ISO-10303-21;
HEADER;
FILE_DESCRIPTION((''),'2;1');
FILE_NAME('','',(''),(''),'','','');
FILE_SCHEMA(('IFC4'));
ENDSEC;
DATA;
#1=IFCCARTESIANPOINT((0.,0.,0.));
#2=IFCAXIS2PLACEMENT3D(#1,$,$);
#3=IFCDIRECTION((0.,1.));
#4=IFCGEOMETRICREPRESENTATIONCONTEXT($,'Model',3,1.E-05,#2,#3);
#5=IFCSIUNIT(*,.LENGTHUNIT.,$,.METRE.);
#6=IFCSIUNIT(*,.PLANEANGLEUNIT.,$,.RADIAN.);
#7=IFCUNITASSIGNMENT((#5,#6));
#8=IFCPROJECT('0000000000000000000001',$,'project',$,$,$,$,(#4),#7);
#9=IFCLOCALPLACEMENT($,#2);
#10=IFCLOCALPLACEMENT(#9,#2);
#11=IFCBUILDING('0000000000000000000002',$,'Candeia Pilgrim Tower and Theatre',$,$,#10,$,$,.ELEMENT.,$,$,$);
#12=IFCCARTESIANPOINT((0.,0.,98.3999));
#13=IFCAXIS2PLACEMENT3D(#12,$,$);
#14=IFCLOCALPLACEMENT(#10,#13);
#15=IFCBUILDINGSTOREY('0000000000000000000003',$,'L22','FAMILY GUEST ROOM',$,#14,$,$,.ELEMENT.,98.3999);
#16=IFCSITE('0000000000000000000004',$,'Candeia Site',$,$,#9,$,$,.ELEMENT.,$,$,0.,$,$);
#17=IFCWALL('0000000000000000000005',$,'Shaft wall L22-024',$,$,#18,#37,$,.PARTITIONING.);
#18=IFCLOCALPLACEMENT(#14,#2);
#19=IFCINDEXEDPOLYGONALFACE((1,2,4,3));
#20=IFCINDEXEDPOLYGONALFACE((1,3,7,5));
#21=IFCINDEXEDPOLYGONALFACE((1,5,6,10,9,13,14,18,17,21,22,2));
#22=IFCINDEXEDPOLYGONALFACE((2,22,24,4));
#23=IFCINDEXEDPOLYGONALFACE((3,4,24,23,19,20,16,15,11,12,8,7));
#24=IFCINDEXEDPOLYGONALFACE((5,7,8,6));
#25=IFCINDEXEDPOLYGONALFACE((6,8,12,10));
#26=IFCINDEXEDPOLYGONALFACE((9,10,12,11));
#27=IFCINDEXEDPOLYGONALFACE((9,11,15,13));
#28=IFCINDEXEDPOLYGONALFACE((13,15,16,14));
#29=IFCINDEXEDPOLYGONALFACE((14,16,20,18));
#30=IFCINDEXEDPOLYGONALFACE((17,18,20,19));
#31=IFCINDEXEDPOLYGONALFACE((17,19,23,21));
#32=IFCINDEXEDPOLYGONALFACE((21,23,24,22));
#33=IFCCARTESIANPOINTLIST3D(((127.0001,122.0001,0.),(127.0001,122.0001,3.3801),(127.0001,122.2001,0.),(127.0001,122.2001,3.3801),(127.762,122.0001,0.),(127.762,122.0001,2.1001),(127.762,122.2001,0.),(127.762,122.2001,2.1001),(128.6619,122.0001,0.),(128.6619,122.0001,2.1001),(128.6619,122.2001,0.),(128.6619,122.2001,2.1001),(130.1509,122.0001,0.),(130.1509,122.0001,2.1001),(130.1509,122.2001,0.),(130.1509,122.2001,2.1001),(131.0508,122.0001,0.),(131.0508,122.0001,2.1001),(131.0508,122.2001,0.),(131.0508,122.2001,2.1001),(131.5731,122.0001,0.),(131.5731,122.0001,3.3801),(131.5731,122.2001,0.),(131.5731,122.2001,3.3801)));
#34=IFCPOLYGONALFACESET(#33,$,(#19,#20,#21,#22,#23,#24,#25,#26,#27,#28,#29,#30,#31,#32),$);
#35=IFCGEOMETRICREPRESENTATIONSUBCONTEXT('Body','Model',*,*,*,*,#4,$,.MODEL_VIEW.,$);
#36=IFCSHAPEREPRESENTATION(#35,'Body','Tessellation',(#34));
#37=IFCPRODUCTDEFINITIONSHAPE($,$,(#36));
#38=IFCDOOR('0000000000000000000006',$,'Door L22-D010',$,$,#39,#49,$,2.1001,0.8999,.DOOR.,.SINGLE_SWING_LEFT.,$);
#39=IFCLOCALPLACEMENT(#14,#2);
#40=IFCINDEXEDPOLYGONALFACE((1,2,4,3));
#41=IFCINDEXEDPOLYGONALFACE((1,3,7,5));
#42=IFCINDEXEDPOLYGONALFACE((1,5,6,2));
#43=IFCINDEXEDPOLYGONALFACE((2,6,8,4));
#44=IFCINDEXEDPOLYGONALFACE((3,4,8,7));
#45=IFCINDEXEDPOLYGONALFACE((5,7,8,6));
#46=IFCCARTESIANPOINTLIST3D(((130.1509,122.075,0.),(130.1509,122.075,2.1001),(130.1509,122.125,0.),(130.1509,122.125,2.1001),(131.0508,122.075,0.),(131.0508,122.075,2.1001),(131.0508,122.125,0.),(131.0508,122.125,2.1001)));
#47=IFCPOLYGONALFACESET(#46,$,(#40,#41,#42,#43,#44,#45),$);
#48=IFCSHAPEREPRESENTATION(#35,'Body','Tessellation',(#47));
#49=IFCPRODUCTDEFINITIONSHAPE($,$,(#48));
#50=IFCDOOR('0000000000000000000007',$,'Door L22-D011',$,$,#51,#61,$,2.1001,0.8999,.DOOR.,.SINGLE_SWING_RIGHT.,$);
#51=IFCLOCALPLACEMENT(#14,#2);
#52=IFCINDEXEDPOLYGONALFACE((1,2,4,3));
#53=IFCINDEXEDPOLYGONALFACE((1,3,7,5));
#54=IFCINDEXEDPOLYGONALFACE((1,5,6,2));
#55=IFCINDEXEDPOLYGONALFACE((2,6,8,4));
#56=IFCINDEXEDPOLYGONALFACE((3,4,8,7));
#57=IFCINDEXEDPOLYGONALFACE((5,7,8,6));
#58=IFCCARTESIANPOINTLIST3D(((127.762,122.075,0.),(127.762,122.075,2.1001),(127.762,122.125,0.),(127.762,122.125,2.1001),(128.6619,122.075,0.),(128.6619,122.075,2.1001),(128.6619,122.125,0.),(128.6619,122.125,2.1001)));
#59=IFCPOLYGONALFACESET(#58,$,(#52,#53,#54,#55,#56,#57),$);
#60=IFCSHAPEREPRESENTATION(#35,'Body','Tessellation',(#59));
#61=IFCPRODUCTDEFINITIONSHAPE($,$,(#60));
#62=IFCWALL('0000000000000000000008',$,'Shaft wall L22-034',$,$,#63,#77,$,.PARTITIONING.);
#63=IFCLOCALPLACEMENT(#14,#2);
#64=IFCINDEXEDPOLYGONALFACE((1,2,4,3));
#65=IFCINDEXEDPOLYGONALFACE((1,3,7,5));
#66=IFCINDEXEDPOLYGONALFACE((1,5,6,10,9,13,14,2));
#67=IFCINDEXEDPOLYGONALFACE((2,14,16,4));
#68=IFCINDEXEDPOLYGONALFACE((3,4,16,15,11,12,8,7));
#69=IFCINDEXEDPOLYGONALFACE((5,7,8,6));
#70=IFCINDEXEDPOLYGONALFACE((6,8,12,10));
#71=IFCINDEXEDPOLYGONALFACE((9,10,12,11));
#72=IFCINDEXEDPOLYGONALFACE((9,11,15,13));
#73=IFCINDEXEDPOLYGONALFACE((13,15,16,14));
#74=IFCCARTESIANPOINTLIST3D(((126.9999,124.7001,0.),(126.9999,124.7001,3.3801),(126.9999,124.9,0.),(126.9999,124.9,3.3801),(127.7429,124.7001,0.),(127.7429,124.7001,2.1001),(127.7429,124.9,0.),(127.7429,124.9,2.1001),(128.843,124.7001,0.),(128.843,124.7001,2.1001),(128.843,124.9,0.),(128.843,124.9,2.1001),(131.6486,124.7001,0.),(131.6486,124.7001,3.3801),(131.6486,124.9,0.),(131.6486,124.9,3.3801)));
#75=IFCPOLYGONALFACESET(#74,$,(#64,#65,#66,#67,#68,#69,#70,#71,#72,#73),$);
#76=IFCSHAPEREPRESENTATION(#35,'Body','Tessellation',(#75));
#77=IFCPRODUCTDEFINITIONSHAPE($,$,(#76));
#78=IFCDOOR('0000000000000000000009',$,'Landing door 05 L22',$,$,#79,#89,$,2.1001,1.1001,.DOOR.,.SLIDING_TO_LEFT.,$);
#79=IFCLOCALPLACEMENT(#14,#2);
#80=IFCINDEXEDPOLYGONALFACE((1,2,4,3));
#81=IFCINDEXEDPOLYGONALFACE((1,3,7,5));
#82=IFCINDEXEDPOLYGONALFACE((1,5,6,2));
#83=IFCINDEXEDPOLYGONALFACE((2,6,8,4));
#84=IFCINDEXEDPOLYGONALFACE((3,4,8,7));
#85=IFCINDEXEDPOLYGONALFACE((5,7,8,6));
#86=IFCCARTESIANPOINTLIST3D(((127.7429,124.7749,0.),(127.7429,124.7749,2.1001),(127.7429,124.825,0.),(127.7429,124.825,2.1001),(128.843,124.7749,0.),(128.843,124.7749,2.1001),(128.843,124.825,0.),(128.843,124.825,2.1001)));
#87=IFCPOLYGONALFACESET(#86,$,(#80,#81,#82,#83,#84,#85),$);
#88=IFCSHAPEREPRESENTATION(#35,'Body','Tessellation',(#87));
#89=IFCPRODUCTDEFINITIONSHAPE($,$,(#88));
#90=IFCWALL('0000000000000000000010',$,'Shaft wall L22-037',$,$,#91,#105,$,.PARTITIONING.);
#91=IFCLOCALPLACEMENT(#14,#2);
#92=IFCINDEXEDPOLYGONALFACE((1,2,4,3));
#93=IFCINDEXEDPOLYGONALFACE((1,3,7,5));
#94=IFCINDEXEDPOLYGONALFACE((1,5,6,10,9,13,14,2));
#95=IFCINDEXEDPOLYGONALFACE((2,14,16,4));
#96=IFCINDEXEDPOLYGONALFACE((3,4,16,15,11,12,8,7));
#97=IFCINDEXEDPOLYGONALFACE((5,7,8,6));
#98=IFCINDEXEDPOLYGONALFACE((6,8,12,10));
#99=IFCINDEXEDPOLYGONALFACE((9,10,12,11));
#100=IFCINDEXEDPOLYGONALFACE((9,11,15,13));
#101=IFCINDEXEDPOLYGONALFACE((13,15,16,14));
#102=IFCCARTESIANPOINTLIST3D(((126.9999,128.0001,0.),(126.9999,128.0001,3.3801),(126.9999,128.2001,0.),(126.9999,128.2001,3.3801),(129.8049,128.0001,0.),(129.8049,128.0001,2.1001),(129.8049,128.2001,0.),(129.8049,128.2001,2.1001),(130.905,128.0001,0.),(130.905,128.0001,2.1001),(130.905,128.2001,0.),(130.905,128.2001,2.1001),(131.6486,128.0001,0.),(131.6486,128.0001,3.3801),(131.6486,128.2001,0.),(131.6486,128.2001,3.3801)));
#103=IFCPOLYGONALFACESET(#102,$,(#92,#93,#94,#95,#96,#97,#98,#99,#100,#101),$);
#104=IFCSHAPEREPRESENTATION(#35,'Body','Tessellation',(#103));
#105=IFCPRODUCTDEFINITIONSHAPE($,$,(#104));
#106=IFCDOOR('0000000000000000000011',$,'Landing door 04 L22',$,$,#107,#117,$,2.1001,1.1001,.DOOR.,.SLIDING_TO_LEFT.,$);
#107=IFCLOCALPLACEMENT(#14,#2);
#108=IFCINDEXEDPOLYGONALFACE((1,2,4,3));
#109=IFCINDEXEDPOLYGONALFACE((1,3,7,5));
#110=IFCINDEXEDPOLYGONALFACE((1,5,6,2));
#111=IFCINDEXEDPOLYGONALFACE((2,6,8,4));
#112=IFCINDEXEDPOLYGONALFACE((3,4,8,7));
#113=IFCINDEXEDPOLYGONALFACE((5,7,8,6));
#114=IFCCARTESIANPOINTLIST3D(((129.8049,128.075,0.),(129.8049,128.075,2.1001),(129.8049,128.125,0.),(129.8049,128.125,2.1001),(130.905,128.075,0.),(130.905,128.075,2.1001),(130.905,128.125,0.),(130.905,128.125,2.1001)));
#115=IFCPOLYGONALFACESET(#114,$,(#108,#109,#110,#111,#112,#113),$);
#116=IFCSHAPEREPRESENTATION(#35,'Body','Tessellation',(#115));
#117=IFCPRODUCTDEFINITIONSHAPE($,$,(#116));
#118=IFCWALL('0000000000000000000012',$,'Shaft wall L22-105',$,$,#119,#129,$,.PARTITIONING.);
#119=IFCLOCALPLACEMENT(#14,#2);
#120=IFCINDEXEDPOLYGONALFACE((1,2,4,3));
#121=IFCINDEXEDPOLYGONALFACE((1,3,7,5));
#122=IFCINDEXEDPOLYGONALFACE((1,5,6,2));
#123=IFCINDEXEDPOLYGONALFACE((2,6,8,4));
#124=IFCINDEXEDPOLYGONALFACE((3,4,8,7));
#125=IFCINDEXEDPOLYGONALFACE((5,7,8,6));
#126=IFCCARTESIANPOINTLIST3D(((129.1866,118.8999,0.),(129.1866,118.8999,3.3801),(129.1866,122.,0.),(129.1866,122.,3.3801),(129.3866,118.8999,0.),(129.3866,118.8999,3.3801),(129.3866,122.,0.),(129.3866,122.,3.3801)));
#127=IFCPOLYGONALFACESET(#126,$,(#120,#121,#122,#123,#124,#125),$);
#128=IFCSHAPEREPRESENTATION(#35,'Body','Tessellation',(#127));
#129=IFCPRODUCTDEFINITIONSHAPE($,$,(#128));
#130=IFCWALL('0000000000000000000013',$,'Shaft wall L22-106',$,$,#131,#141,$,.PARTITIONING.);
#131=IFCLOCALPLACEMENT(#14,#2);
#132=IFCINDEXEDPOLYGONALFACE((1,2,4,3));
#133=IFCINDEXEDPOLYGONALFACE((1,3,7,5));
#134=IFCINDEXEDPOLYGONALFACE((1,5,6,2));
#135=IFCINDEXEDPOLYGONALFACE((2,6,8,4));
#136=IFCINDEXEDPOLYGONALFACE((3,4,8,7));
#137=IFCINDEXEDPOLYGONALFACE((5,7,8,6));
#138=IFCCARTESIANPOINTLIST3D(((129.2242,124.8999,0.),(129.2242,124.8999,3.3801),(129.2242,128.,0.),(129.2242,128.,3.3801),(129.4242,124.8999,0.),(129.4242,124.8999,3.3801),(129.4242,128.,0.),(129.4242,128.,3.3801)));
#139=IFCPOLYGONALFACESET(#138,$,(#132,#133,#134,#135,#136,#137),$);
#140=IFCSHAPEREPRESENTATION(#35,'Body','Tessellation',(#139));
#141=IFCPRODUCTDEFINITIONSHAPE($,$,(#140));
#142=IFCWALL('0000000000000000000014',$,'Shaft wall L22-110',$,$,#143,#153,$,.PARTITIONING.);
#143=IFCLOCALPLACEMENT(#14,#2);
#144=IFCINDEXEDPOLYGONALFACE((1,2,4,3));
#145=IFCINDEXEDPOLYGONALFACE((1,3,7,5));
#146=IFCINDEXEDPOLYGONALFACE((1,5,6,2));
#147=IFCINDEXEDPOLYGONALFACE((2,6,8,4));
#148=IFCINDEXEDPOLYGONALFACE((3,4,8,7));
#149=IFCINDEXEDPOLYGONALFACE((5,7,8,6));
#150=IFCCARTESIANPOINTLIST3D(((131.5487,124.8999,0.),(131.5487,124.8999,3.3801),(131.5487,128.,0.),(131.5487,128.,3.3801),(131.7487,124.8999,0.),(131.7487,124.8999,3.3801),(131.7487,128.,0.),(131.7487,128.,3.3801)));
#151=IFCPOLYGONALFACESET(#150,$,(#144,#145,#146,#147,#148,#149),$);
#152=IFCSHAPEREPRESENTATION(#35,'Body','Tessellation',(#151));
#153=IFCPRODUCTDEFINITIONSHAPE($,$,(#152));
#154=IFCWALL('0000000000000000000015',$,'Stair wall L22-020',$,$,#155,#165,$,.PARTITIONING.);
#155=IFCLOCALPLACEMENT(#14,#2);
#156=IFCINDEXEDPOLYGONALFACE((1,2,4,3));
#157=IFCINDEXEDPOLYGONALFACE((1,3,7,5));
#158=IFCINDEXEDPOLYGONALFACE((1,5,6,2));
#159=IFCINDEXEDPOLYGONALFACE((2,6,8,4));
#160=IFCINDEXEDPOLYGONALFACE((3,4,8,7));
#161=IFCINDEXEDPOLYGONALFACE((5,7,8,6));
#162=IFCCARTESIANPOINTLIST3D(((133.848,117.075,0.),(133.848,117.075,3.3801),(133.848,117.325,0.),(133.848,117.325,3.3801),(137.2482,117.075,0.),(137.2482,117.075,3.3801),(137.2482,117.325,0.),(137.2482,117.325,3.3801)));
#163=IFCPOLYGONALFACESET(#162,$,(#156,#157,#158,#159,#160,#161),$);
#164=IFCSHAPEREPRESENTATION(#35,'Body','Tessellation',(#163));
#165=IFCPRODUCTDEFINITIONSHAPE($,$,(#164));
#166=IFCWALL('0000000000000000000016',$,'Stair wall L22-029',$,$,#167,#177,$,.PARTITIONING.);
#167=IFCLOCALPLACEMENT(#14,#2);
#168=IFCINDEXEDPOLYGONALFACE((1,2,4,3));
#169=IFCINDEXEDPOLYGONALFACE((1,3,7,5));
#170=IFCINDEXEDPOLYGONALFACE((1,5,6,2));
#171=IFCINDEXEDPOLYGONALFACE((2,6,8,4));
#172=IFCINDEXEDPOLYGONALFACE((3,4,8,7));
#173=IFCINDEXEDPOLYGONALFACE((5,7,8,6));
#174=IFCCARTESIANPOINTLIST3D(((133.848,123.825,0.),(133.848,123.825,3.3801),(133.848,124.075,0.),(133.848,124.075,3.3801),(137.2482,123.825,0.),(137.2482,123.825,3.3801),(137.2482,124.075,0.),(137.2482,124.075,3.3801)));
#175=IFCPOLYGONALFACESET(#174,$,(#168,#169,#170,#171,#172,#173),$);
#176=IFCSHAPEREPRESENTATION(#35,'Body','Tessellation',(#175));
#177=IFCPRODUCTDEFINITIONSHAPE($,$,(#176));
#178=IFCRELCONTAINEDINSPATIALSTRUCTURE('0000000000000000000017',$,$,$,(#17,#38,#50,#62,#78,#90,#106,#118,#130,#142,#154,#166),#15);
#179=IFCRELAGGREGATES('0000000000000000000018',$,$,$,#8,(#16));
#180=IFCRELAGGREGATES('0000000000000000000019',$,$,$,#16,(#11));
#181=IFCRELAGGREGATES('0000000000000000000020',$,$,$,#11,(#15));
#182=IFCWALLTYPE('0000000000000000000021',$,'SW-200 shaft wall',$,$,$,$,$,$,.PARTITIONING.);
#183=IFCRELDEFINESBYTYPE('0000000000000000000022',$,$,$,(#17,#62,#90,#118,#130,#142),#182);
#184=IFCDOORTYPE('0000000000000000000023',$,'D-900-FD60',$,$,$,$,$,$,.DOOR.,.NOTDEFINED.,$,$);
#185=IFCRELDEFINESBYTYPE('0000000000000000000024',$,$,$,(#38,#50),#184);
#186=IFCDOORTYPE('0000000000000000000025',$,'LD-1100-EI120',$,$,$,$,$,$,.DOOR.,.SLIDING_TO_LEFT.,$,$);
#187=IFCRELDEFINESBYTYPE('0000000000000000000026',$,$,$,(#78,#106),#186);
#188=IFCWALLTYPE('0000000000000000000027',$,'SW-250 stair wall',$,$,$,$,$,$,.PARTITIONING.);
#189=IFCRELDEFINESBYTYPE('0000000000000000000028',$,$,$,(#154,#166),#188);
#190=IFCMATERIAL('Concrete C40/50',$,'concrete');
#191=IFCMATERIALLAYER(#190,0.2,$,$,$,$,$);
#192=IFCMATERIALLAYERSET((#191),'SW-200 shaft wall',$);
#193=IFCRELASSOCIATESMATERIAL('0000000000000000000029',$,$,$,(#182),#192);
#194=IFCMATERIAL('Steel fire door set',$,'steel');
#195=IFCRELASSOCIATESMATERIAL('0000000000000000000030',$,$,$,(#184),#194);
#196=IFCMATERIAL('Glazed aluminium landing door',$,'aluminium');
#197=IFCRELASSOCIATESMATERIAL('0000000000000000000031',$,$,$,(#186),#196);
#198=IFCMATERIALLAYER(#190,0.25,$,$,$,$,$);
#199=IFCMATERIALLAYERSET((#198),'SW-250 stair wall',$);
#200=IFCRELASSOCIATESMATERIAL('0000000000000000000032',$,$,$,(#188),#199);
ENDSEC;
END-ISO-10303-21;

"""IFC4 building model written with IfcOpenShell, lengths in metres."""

from ifc_helpers import new_model, si_unit, direction, frame, frame_2d, origin, place, context, subcontext, project, spatial, rectangle, extrude, material, layer, layer_set, type_object, element, fill, save


model = new_model("IFC4")

# Units and contexts
model_context = context("Model", 3, precision=1e-05, world=origin(), true_north=direction((0.0, 1.0)))
body_context = subcontext(model_context, "Body", "Model", "MODEL_VIEW")
ifc_project = project(units=[si_unit("LENGTHUNIT", "METRE"), si_unit("PLANEANGLEUNIT", "RADIAN")], contexts=[model_context])

# Site, building, storey
site_placement = place(None, origin())
site = spatial("IfcSite", under=ifc_project, at=site_placement, Name="Candeia Site", CompositionType="ELEMENT", RefElevation=0.0)
building_placement = place(site_placement, origin())
building = spatial("IfcBuilding", under=site, at=building_placement, Name="Candeia Pilgrim Tower and Theatre", CompositionType="ELEMENT")
storey_placement = place(building_placement, frame((0.0, 0.0, 98.3999)))
storey = spatial("IfcBuildingStorey", under=building, at=storey_placement, Name="L22", Description="FAMILY GUEST ROOM", CompositionType="ELEMENT", Elevation=98.3999)

# Shared definitions
ifc_material_1 = material(Name="Steel fire door set", Category="steel")

# Shared definitions
ifc_material_2 = material(Name="Concrete C40/50", Category="concrete")
ifc_layer_1 = layer(ifc_material_2, 0.2)
ifc_layer_set_1 = layer_set([ifc_layer_1], Name="SW-200 shaft wall")
wall_type_1 = type_object("IfcWallType", Name="SW-200 shaft wall", PredefinedType="PARTITIONING", material=ifc_layer_set_1)

# Wall, openings, doors
wall_1_placement = place(storey_placement, frame((127.0, 122.1001, 0.0), z_axis=(0.0, 0.0, 1.0), x_axis=(1.0, 0.0, 0.0)))
wall_1 = element("IfcWall", 1, at=wall_1_placement, inside=storey, type_object=wall_type_1, Name="Shaft wall L22-024", PredefinedType="PARTITIONING", context=body_context, shape_type="SweptSolid", body=[
    extrude(rectangle(XDim=4.573, YDim=0.2, at=frame_2d((2.2866, 0.0))), origin(), (0.0, 0.0, 1.0), 3.3801),
])
opening_1_placement = place(wall_1_placement, frame((3.1509, 0.0, 0.0)))
opening_1 = element("IfcOpeningElement", 2, at=opening_1_placement, cuts=wall_1, PredefinedType="OPENING", context=body_context, shape_type="SweptSolid", body=[
    extrude(rectangle(XDim=0.8999, YDim=2.1001, at=frame_2d((0.45, 1.05))), frame((0.0, 0.1099, 0.0), z_axis=(0.0, -1.0, 0.0), x_axis=(1.0, 0.0, 0.0)), (0.0, 0.0, 1.0), 0.22),
])
opening_2_placement = place(wall_1_placement, frame((0.762, 0.0, 0.0)))
opening_2 = element("IfcOpeningElement", 3, at=opening_2_placement, cuts=wall_1, PredefinedType="OPENING", context=body_context, shape_type="SweptSolid", body=[
    extrude(rectangle(XDim=0.8999, YDim=2.1001, at=frame_2d((0.45, 1.05))), frame((0.0, 0.1099, 0.0), z_axis=(0.0, -1.0, 0.0), x_axis=(1.0, 0.0, 0.0)), (0.0, 0.0, 1.0), 0.22),
])
door_type_1 = type_object("IfcDoorType", Name="D-900-FD60", OperationType="NOTDEFINED", PredefinedType="DOOR", material=ifc_material_1)
door_1_placement = place(opening_1_placement, origin())
door_1 = element("IfcDoor", 4, at=door_1_placement, inside=storey, type_object=door_type_1, Name="Door L22-D010", OperationType="SINGLE_SWING_LEFT", OverallHeight=2.1001, OverallWidth=0.8999, PredefinedType="DOOR", context=body_context, shape_type="SweptSolid", body=[
    extrude(rectangle(XDim=0.8999, YDim=2.1001, at=frame_2d((0.45, 1.05))), frame((0.0, 0.0249, 0.0), z_axis=(0.0, -1.0, 0.0), x_axis=(1.0, 0.0, 0.0)), (0.0, 0.0, 1.0), 0.05),
])
fill(opening_1, door_1)
door_2_placement = place(opening_2_placement, origin())
door_2 = element("IfcDoor", 5, at=door_2_placement, inside=storey, type_object=door_type_1, Name="Door L22-D011", OperationType="SINGLE_SWING_RIGHT", OverallHeight=2.1001, OverallWidth=0.8999, PredefinedType="DOOR", context=body_context, shape_type="SweptSolid", body=[
    extrude(rectangle(XDim=0.8999, YDim=2.1001, at=frame_2d((0.45, 1.05))), frame((0.0, 0.0249, 0.0), z_axis=(0.0, -1.0, 0.0), x_axis=(1.0, 0.0, 0.0)), (0.0, 0.0, 1.0), 0.05),
])
fill(opening_2, door_2)

# Walls, openings, doors
wall_2_placement = place(storey_placement, frame((127.0, 124.8, 0.0), z_axis=(0.0, 0.0, 1.0), x_axis=(1.0, 0.0, 0.0)))
wall_2 = element("IfcWall", 6, at=wall_2_placement, inside=storey, type_object=wall_type_1, Name="Shaft wall L22-034", PredefinedType="PARTITIONING", context=body_context, shape_type="SweptSolid", body=[
    extrude(rectangle(XDim=4.6487, YDim=0.2, at=frame_2d((2.3242, 0.0))), origin(), (0.0, 0.0, 1.0), 3.3801),
])
opening_3_placement = place(wall_2_placement, frame((0.7429, 0.0, 0.0)))
opening_3 = element("IfcOpeningElement", 7, at=opening_3_placement, cuts=wall_2, PredefinedType="OPENING", context=body_context, shape_type="SweptSolid", body=[
    extrude(rectangle(XDim=1.1001, YDim=2.1001, at=frame_2d((0.55, 1.05))), frame((0.0, 0.1099, 0.0), z_axis=(0.0, -1.0, 0.0), x_axis=(1.0, 0.0, 0.0)), (0.0, 0.0, 1.0), 0.22),
])
ifc_material_3 = material(Name="Glazed aluminium landing door", Category="aluminium")
door_type_2 = type_object("IfcDoorType", Name="LD-1100-EI120", OperationType="SLIDING_TO_LEFT", PredefinedType="DOOR", material=ifc_material_3)
door_3_placement = place(opening_3_placement, origin())
door_3 = element("IfcDoor", 8, at=door_3_placement, inside=storey, type_object=door_type_2, Name="Landing door 05 L22", OperationType="SLIDING_TO_LEFT", OverallHeight=2.1001, OverallWidth=1.1001, PredefinedType="DOOR", context=body_context, shape_type="SweptSolid", body=[
    extrude(rectangle(XDim=1.1001, YDim=2.1001, at=frame_2d((0.55, 1.05))), frame((0.0, 0.0249, 0.0), z_axis=(0.0, -1.0, 0.0), x_axis=(1.0, 0.0, 0.0)), (0.0, 0.0, 1.0), 0.05),
])
fill(opening_3, door_3)
wall_3_placement = place(storey_placement, frame((127.0, 128.1001, 0.0), z_axis=(0.0, 0.0, 1.0), x_axis=(1.0, 0.0, 0.0)))
wall_3 = element("IfcWall", 9, at=wall_3_placement, inside=storey, type_object=wall_type_1, Name="Shaft wall L22-037", PredefinedType="PARTITIONING", context=body_context, shape_type="SweptSolid", body=[
    extrude(rectangle(XDim=4.6487, YDim=0.2, at=frame_2d((2.3242, 0.0))), origin(), (0.0, 0.0, 1.0), 3.3801),
])
opening_4_placement = place(wall_3_placement, frame((2.8049, 0.0, 0.0)))
opening_4 = element("IfcOpeningElement", 10, at=opening_4_placement, cuts=wall_3, PredefinedType="OPENING", context=body_context, shape_type="SweptSolid", body=[
    extrude(rectangle(XDim=1.1001, YDim=2.1001, at=frame_2d((0.55, 1.05))), frame((0.0, 0.1099, 0.0), z_axis=(0.0, -1.0, 0.0), x_axis=(1.0, 0.0, 0.0)), (0.0, 0.0, 1.0), 0.22),
])
door_4_placement = place(opening_4_placement, origin())
door_4 = element("IfcDoor", 11, at=door_4_placement, inside=storey, type_object=door_type_2, Name="Landing door 04 L22", OperationType="SLIDING_TO_LEFT", OverallHeight=2.1001, OverallWidth=1.1001, PredefinedType="DOOR", context=body_context, shape_type="SweptSolid", body=[
    extrude(rectangle(XDim=1.1001, YDim=2.1001, at=frame_2d((0.55, 1.05))), frame((0.0, 0.0249, 0.0), z_axis=(0.0, -1.0, 0.0), x_axis=(1.0, 0.0, 0.0)), (0.0, 0.0, 1.0), 0.05),
])
fill(opening_4, door_4)

# Walls
for number, where, z_axis, x_axis, name in (
    (12, (129.2866, 118.8999, 0.0), (0.0, 0.0, 1.0), (0.0, 1.0, 0.0), "Shaft wall L22-105"),
    (13, (129.3242, 124.8999, 0.0), (0.0, 0.0, 1.0), (0.0, 1.0, 0.0), "Shaft wall L22-106"),
    (14, (131.6487, 124.8999, 0.0), (0.0, 0.0, 1.0), (0.0, 1.0, 0.0), "Shaft wall L22-110"),
):
    element("IfcWall", number, at=place(storey_placement, frame(where, z_axis=z_axis, x_axis=x_axis)), inside=storey, type_object=wall_type_1, Name=name, PredefinedType="PARTITIONING", context=body_context, shape_type="SweptSolid", body=[
        extrude(rectangle(XDim=3.1001, YDim=0.2, at=frame_2d((1.55, 0.0))), origin(), (0.0, 0.0, 1.0), 3.3801),
    ])
ifc_layer_2 = layer(ifc_material_2, 0.25)
ifc_layer_set_2 = layer_set([ifc_layer_2], Name="SW-250 stair wall")
wall_type_2 = type_object("IfcWallType", Name="SW-250 stair wall", PredefinedType="PARTITIONING", material=ifc_layer_set_2)
for number, where, z_axis, x_axis, name in (
    (15, (133.8479, 117.2, 0.0), (0.0, 0.0, 1.0), (1.0, 0.0, 0.0), "Stair wall L22-020"),
    (16, (133.8479, 123.95, 0.0), (0.0, 0.0, 1.0), (1.0, 0.0, 0.0), "Stair wall L22-029"),
):
    element("IfcWall", number, at=place(storey_placement, frame(where, z_axis=z_axis, x_axis=x_axis)), inside=storey, type_object=wall_type_2, Name=name, PredefinedType="PARTITIONING", context=body_context, shape_type="SweptSolid", body=[
        extrude(rectangle(XDim=3.4001, YDim=0.25, at=frame_2d((1.7002, 0.0))), origin(), (0.0, 0.0, 1.0), 3.3801),
    ])

save(model, "model.ifc")
